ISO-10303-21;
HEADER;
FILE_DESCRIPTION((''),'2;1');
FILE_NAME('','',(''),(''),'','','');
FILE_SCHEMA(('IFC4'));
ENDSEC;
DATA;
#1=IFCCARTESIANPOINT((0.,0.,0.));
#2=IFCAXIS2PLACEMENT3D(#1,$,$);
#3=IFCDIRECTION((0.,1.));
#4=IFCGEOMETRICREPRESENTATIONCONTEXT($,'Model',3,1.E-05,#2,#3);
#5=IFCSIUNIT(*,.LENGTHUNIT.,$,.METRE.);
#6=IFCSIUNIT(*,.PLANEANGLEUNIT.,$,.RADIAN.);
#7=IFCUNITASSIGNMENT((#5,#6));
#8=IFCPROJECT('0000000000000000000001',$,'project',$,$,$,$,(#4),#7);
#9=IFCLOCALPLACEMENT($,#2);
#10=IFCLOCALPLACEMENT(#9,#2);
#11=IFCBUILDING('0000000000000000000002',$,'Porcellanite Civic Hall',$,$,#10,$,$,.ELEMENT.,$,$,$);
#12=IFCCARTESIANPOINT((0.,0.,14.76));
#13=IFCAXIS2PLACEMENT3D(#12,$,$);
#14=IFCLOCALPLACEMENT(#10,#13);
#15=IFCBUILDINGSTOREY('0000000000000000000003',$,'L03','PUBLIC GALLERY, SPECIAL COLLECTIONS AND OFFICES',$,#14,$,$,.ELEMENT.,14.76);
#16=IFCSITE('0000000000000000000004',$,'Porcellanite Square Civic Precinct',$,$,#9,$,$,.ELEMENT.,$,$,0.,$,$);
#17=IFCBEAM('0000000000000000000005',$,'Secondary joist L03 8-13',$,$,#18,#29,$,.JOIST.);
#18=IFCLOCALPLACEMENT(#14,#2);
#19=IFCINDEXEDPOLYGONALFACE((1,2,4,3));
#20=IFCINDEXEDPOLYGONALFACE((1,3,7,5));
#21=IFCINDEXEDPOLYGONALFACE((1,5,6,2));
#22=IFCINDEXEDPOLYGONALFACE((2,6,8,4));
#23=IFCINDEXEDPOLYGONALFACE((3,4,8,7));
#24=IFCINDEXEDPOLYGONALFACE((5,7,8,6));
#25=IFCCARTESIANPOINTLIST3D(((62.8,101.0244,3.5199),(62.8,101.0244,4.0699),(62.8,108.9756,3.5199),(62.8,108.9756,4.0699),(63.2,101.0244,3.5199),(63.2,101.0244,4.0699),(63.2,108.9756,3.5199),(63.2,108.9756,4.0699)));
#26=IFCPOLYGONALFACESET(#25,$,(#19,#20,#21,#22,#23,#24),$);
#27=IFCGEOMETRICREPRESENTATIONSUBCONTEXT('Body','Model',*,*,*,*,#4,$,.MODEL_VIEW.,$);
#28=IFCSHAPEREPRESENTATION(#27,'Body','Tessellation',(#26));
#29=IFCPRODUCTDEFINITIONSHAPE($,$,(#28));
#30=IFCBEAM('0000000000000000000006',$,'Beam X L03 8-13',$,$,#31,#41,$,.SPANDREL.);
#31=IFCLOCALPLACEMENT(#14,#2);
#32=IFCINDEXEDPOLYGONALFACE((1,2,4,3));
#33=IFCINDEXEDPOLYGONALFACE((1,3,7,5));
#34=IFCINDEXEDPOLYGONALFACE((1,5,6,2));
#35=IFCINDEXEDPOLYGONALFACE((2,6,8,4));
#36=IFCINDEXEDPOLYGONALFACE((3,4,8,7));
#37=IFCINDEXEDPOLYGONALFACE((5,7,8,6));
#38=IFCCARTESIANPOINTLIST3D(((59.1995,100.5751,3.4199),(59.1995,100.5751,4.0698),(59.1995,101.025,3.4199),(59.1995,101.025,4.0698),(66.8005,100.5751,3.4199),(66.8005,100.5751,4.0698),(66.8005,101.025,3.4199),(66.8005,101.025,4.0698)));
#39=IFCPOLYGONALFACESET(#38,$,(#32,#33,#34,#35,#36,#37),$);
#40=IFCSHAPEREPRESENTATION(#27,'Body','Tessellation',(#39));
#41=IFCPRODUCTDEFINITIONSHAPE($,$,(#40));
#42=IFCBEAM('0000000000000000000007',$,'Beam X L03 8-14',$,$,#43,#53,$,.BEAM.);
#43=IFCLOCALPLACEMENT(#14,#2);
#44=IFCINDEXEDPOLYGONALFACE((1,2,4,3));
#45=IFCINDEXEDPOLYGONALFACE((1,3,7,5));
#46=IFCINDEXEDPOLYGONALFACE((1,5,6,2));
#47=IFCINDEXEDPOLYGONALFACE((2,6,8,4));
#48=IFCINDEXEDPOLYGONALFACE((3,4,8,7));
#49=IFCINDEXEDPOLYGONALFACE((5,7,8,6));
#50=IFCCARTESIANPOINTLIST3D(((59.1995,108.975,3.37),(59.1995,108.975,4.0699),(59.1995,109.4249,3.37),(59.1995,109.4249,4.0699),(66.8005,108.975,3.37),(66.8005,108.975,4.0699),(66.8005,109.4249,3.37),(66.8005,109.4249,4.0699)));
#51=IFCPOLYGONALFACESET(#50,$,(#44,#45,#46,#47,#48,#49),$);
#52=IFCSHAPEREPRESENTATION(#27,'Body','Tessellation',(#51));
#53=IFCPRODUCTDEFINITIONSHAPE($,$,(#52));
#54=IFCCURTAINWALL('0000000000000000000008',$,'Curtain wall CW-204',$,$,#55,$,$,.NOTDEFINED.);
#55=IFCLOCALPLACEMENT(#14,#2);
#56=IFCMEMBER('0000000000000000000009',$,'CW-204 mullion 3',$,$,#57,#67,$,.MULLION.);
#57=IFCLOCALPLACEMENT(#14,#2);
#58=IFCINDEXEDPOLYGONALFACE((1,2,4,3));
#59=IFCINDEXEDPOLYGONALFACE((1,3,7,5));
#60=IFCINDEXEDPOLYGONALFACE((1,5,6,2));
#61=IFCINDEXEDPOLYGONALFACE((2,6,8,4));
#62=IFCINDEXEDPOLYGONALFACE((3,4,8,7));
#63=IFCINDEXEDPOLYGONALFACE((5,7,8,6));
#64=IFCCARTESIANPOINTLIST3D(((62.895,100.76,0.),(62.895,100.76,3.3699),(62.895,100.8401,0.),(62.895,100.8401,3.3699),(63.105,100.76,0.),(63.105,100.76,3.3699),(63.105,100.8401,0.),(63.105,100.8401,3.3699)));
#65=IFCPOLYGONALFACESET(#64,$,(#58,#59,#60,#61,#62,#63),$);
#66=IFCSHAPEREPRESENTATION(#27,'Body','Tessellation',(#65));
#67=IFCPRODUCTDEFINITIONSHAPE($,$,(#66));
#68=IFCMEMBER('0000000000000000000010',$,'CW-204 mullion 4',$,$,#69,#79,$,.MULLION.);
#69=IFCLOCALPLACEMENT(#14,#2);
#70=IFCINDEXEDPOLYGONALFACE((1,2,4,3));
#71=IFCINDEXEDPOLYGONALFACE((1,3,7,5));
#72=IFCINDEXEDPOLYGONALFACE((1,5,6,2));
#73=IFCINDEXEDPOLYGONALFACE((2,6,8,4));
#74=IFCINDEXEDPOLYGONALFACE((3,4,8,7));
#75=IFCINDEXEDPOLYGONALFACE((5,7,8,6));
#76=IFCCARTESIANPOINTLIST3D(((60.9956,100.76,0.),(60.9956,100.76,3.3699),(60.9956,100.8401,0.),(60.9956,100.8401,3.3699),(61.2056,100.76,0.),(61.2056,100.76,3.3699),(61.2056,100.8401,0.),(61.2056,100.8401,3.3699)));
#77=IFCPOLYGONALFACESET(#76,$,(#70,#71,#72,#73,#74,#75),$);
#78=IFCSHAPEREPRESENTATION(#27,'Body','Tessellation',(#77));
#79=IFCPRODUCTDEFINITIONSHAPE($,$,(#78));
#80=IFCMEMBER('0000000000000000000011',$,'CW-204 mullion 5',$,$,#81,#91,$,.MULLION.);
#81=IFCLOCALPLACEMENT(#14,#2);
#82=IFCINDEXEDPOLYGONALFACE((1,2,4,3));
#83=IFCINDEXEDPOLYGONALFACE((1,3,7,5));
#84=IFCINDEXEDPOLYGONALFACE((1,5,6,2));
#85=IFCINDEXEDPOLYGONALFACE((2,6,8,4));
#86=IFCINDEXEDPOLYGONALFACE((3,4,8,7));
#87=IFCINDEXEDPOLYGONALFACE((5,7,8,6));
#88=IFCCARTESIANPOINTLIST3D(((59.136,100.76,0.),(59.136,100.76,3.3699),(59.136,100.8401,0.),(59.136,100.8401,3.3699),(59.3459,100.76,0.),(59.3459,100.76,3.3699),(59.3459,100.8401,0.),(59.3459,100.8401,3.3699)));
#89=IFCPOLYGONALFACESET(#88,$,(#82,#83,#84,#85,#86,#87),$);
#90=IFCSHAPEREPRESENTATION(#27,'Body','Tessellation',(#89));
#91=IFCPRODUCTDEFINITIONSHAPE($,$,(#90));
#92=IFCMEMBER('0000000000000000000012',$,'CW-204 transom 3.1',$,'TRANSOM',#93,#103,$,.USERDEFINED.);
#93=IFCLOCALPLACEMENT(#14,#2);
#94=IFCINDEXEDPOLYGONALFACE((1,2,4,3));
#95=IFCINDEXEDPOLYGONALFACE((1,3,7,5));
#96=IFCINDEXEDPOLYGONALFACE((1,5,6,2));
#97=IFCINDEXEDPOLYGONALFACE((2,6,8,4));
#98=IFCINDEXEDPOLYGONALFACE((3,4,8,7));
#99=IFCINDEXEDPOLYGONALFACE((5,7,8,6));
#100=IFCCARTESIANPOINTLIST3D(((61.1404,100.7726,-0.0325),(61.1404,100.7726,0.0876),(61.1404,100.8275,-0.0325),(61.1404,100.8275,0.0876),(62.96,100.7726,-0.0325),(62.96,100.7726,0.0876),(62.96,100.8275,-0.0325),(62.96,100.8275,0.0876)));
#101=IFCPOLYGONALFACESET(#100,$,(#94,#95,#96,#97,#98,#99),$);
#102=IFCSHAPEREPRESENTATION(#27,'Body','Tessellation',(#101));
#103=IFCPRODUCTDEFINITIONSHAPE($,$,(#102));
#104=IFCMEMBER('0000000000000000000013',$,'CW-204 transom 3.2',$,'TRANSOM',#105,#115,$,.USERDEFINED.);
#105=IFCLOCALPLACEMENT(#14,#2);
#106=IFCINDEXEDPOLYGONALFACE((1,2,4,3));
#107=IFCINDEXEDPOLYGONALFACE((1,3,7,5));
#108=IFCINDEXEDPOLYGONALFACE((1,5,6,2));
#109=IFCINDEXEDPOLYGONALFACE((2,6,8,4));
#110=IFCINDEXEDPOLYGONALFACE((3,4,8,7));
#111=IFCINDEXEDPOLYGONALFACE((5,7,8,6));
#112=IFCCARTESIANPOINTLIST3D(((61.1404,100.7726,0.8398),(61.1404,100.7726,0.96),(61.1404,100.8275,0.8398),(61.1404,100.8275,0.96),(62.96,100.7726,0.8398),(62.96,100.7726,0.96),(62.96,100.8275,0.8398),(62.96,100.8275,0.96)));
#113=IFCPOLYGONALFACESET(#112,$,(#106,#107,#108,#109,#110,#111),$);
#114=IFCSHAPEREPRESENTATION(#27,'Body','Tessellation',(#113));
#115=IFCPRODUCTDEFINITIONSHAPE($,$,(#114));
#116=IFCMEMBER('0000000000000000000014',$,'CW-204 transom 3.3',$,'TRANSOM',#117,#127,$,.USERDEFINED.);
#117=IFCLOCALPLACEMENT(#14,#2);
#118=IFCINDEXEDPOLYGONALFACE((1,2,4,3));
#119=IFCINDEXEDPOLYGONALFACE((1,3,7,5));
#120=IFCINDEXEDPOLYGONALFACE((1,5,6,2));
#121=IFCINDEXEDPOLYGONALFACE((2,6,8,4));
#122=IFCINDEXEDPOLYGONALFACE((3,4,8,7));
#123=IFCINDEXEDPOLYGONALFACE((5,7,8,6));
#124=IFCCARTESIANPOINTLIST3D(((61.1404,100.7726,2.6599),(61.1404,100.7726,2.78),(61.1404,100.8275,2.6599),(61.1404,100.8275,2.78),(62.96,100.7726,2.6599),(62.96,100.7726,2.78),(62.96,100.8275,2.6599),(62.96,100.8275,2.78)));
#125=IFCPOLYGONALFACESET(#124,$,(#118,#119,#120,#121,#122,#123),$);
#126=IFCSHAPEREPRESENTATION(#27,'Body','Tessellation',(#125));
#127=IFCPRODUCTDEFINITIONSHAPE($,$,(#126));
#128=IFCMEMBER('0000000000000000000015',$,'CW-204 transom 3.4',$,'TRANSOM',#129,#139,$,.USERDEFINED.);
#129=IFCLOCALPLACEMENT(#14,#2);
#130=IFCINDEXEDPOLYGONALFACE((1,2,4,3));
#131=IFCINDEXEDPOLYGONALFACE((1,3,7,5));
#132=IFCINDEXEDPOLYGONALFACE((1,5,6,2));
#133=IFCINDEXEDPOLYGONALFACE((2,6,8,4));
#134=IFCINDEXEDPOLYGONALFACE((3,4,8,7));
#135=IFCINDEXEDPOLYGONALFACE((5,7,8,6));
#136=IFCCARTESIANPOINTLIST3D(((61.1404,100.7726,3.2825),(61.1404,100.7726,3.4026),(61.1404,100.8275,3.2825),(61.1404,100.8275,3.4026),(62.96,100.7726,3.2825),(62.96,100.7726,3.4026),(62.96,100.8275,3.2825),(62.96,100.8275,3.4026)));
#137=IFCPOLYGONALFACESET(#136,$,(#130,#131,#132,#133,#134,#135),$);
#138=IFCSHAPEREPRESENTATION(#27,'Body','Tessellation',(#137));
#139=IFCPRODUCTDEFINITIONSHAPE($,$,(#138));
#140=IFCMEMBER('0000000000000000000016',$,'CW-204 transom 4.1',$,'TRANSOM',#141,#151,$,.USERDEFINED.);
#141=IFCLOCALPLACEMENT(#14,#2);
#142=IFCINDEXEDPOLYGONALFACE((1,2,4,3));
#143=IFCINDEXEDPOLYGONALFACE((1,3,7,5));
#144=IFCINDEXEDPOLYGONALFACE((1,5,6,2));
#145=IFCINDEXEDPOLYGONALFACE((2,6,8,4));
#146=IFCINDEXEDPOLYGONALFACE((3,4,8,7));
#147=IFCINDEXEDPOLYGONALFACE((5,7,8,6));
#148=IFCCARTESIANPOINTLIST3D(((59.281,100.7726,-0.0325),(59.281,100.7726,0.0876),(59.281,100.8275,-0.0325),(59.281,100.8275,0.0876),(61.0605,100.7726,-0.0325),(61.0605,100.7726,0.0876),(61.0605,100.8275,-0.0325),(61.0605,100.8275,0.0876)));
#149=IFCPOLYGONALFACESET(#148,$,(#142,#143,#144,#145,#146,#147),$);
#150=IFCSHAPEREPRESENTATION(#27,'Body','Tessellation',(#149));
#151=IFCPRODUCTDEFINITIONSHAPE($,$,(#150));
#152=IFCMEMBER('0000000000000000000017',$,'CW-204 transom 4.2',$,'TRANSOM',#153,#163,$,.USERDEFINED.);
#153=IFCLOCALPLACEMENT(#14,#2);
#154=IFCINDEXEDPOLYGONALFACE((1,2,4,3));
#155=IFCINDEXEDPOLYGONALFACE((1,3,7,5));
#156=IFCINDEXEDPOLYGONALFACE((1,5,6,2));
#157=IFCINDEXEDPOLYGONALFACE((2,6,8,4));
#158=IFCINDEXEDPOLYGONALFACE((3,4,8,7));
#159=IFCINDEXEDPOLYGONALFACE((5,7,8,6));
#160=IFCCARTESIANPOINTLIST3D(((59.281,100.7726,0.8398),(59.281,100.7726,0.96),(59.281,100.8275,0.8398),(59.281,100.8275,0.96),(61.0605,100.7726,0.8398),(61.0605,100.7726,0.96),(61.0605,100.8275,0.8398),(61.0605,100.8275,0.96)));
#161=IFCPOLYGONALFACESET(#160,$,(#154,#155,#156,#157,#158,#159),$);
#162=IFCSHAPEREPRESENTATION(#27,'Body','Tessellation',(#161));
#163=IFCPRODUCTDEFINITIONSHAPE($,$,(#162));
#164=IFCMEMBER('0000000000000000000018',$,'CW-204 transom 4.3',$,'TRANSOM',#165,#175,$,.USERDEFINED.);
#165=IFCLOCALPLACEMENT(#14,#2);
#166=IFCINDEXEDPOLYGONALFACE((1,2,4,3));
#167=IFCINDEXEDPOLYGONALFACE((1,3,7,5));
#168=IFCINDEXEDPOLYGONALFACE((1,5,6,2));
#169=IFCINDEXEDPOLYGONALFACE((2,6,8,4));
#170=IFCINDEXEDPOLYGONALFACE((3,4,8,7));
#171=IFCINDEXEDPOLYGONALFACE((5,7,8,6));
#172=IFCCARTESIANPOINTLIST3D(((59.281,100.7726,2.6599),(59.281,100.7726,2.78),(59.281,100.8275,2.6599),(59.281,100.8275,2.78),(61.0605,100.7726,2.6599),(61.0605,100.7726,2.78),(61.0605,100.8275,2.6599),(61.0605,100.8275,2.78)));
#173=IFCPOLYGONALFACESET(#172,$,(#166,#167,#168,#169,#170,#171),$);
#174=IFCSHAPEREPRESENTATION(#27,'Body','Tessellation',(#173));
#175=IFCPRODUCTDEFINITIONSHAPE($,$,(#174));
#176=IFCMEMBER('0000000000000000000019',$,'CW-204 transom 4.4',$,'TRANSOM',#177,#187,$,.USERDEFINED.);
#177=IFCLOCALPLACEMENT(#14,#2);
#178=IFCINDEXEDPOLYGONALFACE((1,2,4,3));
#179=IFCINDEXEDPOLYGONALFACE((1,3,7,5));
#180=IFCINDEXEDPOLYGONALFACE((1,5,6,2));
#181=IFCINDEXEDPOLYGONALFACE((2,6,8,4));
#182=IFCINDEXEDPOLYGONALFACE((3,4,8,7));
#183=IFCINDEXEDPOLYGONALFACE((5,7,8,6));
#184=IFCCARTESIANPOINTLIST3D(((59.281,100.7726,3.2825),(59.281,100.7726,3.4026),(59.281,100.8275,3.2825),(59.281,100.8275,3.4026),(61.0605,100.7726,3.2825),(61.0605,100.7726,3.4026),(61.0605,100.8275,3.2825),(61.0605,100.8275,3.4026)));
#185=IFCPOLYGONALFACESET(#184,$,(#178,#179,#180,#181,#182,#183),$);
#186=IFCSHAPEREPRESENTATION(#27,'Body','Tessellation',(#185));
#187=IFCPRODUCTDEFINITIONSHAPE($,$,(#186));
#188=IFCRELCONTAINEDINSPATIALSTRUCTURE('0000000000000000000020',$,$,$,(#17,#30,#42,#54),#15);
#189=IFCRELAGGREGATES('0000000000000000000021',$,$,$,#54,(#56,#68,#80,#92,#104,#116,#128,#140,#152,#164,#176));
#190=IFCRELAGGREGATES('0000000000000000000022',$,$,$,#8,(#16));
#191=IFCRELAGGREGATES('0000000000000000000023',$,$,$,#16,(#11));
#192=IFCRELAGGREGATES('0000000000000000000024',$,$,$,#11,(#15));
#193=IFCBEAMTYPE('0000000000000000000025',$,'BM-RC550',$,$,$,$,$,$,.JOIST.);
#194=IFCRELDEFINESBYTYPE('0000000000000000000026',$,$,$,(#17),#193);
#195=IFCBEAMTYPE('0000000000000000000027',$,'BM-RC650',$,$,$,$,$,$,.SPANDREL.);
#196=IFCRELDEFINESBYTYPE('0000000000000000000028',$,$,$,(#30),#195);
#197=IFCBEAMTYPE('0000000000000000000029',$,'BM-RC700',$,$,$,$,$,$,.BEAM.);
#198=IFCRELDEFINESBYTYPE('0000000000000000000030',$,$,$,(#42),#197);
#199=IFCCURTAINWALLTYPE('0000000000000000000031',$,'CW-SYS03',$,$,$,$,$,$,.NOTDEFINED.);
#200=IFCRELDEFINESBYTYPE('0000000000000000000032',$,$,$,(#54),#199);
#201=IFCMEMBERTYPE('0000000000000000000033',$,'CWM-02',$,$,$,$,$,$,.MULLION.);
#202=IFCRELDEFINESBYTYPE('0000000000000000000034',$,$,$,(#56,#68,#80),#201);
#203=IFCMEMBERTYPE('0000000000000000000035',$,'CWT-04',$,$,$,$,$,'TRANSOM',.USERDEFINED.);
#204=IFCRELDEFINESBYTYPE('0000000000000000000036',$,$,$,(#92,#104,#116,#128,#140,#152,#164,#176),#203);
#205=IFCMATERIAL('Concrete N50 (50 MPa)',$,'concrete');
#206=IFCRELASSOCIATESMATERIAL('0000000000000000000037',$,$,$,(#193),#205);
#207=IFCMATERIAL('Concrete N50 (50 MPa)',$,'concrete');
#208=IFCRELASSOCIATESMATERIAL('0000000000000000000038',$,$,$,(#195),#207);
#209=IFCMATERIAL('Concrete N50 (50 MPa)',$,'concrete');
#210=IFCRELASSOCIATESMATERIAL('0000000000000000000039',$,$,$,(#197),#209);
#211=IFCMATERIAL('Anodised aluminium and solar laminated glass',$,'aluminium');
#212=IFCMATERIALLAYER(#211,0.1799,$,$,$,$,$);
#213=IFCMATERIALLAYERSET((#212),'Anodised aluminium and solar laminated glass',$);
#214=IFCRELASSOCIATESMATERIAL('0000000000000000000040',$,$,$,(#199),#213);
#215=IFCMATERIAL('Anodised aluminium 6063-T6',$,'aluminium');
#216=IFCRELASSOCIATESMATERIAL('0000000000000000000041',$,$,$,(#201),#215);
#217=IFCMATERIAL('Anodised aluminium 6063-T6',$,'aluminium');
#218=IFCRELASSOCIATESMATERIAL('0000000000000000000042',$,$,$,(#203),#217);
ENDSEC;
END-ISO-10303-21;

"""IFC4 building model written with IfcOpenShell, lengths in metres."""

from ifc_helpers import new_model, si_unit, direction, frame, origin, origin_2d, place, context, subcontext, project, spatial, rectangle, extrude, material, layer, layer_set, material_profile, profile_set, type_object, element, aggregate, save


model = new_model("IFC4")

# Units and contexts
model_context = context("Model", 3, precision=1e-05, world=origin(), true_north=direction((0.0, 1.0)))
body_context = subcontext(model_context, "Body", "Model", "MODEL_VIEW")
ifc_project = project(units=[si_unit("LENGTHUNIT", "METRE"), si_unit("PLANEANGLEUNIT", "RADIAN")], contexts=[model_context])

# Site, building, storey
site_placement = place(None, origin())
site = spatial("IfcSite", under=ifc_project, at=site_placement, Name="Porcellanite Square Civic Precinct", CompositionType="ELEMENT", RefElevation=0.0)
building_placement = place(site_placement, origin())
building = spatial("IfcBuilding", under=site, at=building_placement, Name="Porcellanite Civic Hall", CompositionType="ELEMENT")
storey_placement = place(building_placement, frame((0.0, 0.0, 14.76)))
storey = spatial("IfcBuildingStorey", under=building, at=storey_placement, Name="L03", Description="PUBLIC GALLERY, SPECIAL COLLECTIONS AND OFFICES", CompositionType="ELEMENT", Elevation=14.76)

# Beams
ifc_material_1 = material(Name="Concrete N50 (50 MPa)", Category="concrete")
ifc_material_profile_1 = material_profile(ifc_material_1, rectangle(XDim=0.3999, YDim=0.55, at=origin_2d()), Name="RC-400x550")
ifc_profile_set_1 = profile_set([ifc_material_profile_1], Name="Concrete N50 (50 MPa)")
beam_type_1 = type_object("IfcBeamType", Name="BM-RC550", PredefinedType="JOIST", material=ifc_profile_set_1)
beam_1_placement = place(storey_placement, frame((63.0, 101.0244, 3.7949), z_axis=(0.0, 1.0, 0.0), x_axis=(-1.0, 0.0, 0.0)))
element("IfcBeam", 1, at=beam_1_placement, inside=storey, type_object=beam_type_1, Name="Secondary joist L03 8-13", PredefinedType="JOIST", context=body_context, shape_type="SweptSolid", body=[
    extrude(rectangle(XDim=0.3999, YDim=0.55, at=origin_2d()), origin(), (0.0, 0.0, 1.0), 7.9512),
])
ifc_material_2 = material(Name="Concrete N50 (50 MPa)", Category="concrete")
ifc_material_profile_2 = material_profile(ifc_material_2, rectangle(XDim=0.45, YDim=0.6499, at=origin_2d()), Name="RC-450x650")
ifc_profile_set_2 = profile_set([ifc_material_profile_2], Name="Concrete N50 (50 MPa)")
beam_type_2 = type_object("IfcBeamType", Name="BM-RC650", PredefinedType="SPANDREL", material=ifc_profile_set_2)
beam_2_placement = place(storey_placement, frame((59.1995, 100.8, 3.7449), z_axis=(1.0, 0.0, 0.0), x_axis=(0.0, 1.0, 0.0)))
element("IfcBeam", 2, at=beam_2_placement, inside=storey, type_object=beam_type_2, Name="Beam X L03 8-13", PredefinedType="SPANDREL", context=body_context, shape_type="SweptSolid", body=[
    extrude(rectangle(XDim=0.45, YDim=0.6499, at=origin_2d()), origin(), (0.0, 0.0, 1.0), 7.6011),
])
ifc_material_3 = material(Name="Concrete N50 (50 MPa)", Category="concrete")
ifc_material_profile_3 = material_profile(ifc_material_3, rectangle(XDim=0.45, YDim=0.7, at=origin_2d()), Name="RC-450x700")
ifc_profile_set_3 = profile_set([ifc_material_profile_3], Name="Concrete N50 (50 MPa)")
beam_type_3 = type_object("IfcBeamType", Name="BM-RC700", PredefinedType="BEAM", material=ifc_profile_set_3)
beam_3_placement = place(storey_placement, frame((59.1995, 109.2, 3.72), z_axis=(1.0, 0.0, 0.0), x_axis=(0.0, 1.0, 0.0)))
element("IfcBeam", 3, at=beam_3_placement, inside=storey, type_object=beam_type_3, Name="Beam X L03 8-14", PredefinedType="BEAM", context=body_context, shape_type="SweptSolid", body=[
    extrude(rectangle(XDim=0.45, YDim=0.7, at=origin_2d()), origin(), (0.0, 0.0, 1.0), 7.6011),
])

# Curtain wall, members
ifc_material_4 = material(Name="Anodised aluminium and solar laminated glass", Category="aluminium")
ifc_layer_1 = layer(ifc_material_4, 0.1799)
ifc_layer_set_1 = layer_set([ifc_layer_1], Name="Anodised aluminium and solar laminated glass")
curtain_wall_type = type_object("IfcCurtainWallType", Name="CW-SYS03", PredefinedType="NOTDEFINED", material=ifc_layer_set_1)
curtain_wall_placement = place(storey_placement, origin())
curtain_wall = element("IfcCurtainWall", 4, at=curtain_wall_placement, inside=storey, type_object=curtain_wall_type, Name="Curtain wall CW-204", PredefinedType="NOTDEFINED")
ifc_material_5 = material(Name="Anodised aluminium 6063-T6", Category="aluminium")
ifc_material_profile_4 = material_profile(ifc_material_5, rectangle(XDim=0.0801, YDim=0.21, at=origin_2d()), Name="AL-80x210")
ifc_profile_set_4 = profile_set([ifc_material_profile_4], Name="Anodised aluminium 6063-T6")
member_type_1 = type_object("IfcMemberType", Name="CWM-02", PredefinedType="MULLION", material=ifc_profile_set_4)
member_1_placement = place(storey_placement, frame((63.0, 100.8, 0.0), z_axis=(0.0, 0.0, 1.0), x_axis=(0.0, -1.0, 0.0)))
member_1 = element("IfcMember", 5, at=member_1_placement, type_object=member_type_1, Name="CW-204 mullion 3", PredefinedType="MULLION", context=body_context, shape_type="SweptSolid", body=[
    extrude(rectangle(XDim=0.0801, YDim=0.21, at=origin_2d()), origin(), (0.0, 0.0, 1.0), 3.3699),
])
member_2_placement = place(storey_placement, frame((61.1006, 100.8, 0.0), z_axis=(0.0, 0.0, 1.0), x_axis=(0.0, -1.0, 0.0)))
member_2 = element("IfcMember", 6, at=member_2_placement, type_object=member_type_1, Name="CW-204 mullion 4", PredefinedType="MULLION", context=body_context, shape_type="SweptSolid", body=[
    extrude(rectangle(XDim=0.0801, YDim=0.21, at=origin_2d()), origin(), (0.0, 0.0, 1.0), 3.3699),
])
member_3_placement = place(storey_placement, frame((59.241, 100.8, 0.0), z_axis=(0.0, 0.0, 1.0), x_axis=(0.0, -1.0, 0.0)))
member_3 = element("IfcMember", 7, at=member_3_placement, type_object=member_type_1, Name="CW-204 mullion 5", PredefinedType="MULLION", context=body_context, shape_type="SweptSolid", body=[
    extrude(rectangle(XDim=0.0801, YDim=0.21, at=origin_2d()), origin(), (0.0, 0.0, 1.0), 3.3699),
])
ifc_material_6 = material(Name="Anodised aluminium 6063-T6", Category="aluminium")
ifc_material_profile_5 = material_profile(ifc_material_6, rectangle(XDim=0.0549, YDim=0.1201, at=origin_2d()), Name="AL-55x120")
ifc_profile_set_5 = profile_set([ifc_material_profile_5], Name="Anodised aluminium 6063-T6")
member_type_2 = type_object("IfcMemberType", Name="CWT-04", ElementType="TRANSOM", PredefinedType="USERDEFINED", material=ifc_profile_set_5)
member_4_placement = place(storey_placement, frame((62.96, 100.8, 0.0276), z_axis=(-1.0, 0.0, 0.0), x_axis=(0.0, -1.0, 0.0)))
member_4 = element("IfcMember", 8, at=member_4_placement, type_object=member_type_2, Name="CW-204 transom 3.1", ObjectType="TRANSOM", PredefinedType="USERDEFINED", context=body_context, shape_type="SweptSolid", body=[
    extrude(rectangle(XDim=0.0549, YDim=0.1201, at=origin_2d()), origin(), (0.0, 0.0, 1.0), 1.8196),
])
member_5_placement = place(storey_placement, frame((62.96, 100.8, 0.8999), z_axis=(-1.0, 0.0, 0.0), x_axis=(0.0, -1.0, 0.0)))
member_5 = element("IfcMember", 9, at=member_5_placement, type_object=member_type_2, Name="CW-204 transom 3.2", ObjectType="TRANSOM", PredefinedType="USERDEFINED", context=body_context, shape_type="SweptSolid", body=[
    extrude(rectangle(XDim=0.0549, YDim=0.1201, at=origin_2d()), origin(), (0.0, 0.0, 1.0), 1.8196),
])
member_6_placement = place(storey_placement, frame((62.96, 100.8, 2.72), z_axis=(-1.0, 0.0, 0.0), x_axis=(0.0, -1.0, 0.0)))
member_6 = element("IfcMember", 10, at=member_6_placement, type_object=member_type_2, Name="CW-204 transom 3.3", ObjectType="TRANSOM", PredefinedType="USERDEFINED", context=body_context, shape_type="SweptSolid", body=[
    extrude(rectangle(XDim=0.0549, YDim=0.1201, at=origin_2d()), origin(), (0.0, 0.0, 1.0), 1.8196),
])
member_7_placement = place(storey_placement, frame((62.96, 100.8, 3.3425), z_axis=(-1.0, 0.0, 0.0), x_axis=(0.0, -1.0, 0.0)))
member_7 = element("IfcMember", 11, at=member_7_placement, type_object=member_type_2, Name="CW-204 transom 3.4", ObjectType="TRANSOM", PredefinedType="USERDEFINED", context=body_context, shape_type="SweptSolid", body=[
    extrude(rectangle(XDim=0.0549, YDim=0.1201, at=origin_2d()), origin(), (0.0, 0.0, 1.0), 1.8196),
])
member_8_placement = place(storey_placement, frame((61.0605, 100.8, 0.0276), z_axis=(-1.0, 0.0, 0.0), x_axis=(0.0, -1.0, 0.0)))
member_8 = element("IfcMember", 12, at=member_8_placement, type_object=member_type_2, Name="CW-204 transom 4.1", ObjectType="TRANSOM", PredefinedType="USERDEFINED", context=body_context, shape_type="SweptSolid", body=[
    extrude(rectangle(XDim=0.0549, YDim=0.1201, at=origin_2d()), origin(), (0.0, 0.0, 1.0), 1.7795),
])
member_9_placement = place(storey_placement, frame((61.0605, 100.8, 0.8999), z_axis=(-1.0, 0.0, 0.0), x_axis=(0.0, -1.0, 0.0)))
member_9 = element("IfcMember", 13, at=member_9_placement, type_object=member_type_2, Name="CW-204 transom 4.2", ObjectType="TRANSOM", PredefinedType="USERDEFINED", context=body_context, shape_type="SweptSolid", body=[
    extrude(rectangle(XDim=0.0549, YDim=0.1201, at=origin_2d()), origin(), (0.0, 0.0, 1.0), 1.7795),
])
member_10_placement = place(storey_placement, frame((61.0605, 100.8, 2.72), z_axis=(-1.0, 0.0, 0.0), x_axis=(0.0, -1.0, 0.0)))
member_10 = element("IfcMember", 14, at=member_10_placement, type_object=member_type_2, Name="CW-204 transom 4.3", ObjectType="TRANSOM", PredefinedType="USERDEFINED", context=body_context, shape_type="SweptSolid", body=[
    extrude(rectangle(XDim=0.0549, YDim=0.1201, at=origin_2d()), origin(), (0.0, 0.0, 1.0), 1.7795),
])
member_11_placement = place(storey_placement, frame((61.0605, 100.8, 3.3425), z_axis=(-1.0, 0.0, 0.0), x_axis=(0.0, -1.0, 0.0)))
member_11 = element("IfcMember", 15, at=member_11_placement, type_object=member_type_2, Name="CW-204 transom 4.4", ObjectType="TRANSOM", PredefinedType="USERDEFINED", context=body_context, shape_type="SweptSolid", body=[
    extrude(rectangle(XDim=0.0549, YDim=0.1201, at=origin_2d()), origin(), (0.0, 0.0, 1.0), 1.7795),
])

aggregate(curtain_wall, [member_1, member_2, member_3, member_4, member_5, member_6, member_7, member_8, member_9, member_10, member_11])

save(model, "model.ifc")
